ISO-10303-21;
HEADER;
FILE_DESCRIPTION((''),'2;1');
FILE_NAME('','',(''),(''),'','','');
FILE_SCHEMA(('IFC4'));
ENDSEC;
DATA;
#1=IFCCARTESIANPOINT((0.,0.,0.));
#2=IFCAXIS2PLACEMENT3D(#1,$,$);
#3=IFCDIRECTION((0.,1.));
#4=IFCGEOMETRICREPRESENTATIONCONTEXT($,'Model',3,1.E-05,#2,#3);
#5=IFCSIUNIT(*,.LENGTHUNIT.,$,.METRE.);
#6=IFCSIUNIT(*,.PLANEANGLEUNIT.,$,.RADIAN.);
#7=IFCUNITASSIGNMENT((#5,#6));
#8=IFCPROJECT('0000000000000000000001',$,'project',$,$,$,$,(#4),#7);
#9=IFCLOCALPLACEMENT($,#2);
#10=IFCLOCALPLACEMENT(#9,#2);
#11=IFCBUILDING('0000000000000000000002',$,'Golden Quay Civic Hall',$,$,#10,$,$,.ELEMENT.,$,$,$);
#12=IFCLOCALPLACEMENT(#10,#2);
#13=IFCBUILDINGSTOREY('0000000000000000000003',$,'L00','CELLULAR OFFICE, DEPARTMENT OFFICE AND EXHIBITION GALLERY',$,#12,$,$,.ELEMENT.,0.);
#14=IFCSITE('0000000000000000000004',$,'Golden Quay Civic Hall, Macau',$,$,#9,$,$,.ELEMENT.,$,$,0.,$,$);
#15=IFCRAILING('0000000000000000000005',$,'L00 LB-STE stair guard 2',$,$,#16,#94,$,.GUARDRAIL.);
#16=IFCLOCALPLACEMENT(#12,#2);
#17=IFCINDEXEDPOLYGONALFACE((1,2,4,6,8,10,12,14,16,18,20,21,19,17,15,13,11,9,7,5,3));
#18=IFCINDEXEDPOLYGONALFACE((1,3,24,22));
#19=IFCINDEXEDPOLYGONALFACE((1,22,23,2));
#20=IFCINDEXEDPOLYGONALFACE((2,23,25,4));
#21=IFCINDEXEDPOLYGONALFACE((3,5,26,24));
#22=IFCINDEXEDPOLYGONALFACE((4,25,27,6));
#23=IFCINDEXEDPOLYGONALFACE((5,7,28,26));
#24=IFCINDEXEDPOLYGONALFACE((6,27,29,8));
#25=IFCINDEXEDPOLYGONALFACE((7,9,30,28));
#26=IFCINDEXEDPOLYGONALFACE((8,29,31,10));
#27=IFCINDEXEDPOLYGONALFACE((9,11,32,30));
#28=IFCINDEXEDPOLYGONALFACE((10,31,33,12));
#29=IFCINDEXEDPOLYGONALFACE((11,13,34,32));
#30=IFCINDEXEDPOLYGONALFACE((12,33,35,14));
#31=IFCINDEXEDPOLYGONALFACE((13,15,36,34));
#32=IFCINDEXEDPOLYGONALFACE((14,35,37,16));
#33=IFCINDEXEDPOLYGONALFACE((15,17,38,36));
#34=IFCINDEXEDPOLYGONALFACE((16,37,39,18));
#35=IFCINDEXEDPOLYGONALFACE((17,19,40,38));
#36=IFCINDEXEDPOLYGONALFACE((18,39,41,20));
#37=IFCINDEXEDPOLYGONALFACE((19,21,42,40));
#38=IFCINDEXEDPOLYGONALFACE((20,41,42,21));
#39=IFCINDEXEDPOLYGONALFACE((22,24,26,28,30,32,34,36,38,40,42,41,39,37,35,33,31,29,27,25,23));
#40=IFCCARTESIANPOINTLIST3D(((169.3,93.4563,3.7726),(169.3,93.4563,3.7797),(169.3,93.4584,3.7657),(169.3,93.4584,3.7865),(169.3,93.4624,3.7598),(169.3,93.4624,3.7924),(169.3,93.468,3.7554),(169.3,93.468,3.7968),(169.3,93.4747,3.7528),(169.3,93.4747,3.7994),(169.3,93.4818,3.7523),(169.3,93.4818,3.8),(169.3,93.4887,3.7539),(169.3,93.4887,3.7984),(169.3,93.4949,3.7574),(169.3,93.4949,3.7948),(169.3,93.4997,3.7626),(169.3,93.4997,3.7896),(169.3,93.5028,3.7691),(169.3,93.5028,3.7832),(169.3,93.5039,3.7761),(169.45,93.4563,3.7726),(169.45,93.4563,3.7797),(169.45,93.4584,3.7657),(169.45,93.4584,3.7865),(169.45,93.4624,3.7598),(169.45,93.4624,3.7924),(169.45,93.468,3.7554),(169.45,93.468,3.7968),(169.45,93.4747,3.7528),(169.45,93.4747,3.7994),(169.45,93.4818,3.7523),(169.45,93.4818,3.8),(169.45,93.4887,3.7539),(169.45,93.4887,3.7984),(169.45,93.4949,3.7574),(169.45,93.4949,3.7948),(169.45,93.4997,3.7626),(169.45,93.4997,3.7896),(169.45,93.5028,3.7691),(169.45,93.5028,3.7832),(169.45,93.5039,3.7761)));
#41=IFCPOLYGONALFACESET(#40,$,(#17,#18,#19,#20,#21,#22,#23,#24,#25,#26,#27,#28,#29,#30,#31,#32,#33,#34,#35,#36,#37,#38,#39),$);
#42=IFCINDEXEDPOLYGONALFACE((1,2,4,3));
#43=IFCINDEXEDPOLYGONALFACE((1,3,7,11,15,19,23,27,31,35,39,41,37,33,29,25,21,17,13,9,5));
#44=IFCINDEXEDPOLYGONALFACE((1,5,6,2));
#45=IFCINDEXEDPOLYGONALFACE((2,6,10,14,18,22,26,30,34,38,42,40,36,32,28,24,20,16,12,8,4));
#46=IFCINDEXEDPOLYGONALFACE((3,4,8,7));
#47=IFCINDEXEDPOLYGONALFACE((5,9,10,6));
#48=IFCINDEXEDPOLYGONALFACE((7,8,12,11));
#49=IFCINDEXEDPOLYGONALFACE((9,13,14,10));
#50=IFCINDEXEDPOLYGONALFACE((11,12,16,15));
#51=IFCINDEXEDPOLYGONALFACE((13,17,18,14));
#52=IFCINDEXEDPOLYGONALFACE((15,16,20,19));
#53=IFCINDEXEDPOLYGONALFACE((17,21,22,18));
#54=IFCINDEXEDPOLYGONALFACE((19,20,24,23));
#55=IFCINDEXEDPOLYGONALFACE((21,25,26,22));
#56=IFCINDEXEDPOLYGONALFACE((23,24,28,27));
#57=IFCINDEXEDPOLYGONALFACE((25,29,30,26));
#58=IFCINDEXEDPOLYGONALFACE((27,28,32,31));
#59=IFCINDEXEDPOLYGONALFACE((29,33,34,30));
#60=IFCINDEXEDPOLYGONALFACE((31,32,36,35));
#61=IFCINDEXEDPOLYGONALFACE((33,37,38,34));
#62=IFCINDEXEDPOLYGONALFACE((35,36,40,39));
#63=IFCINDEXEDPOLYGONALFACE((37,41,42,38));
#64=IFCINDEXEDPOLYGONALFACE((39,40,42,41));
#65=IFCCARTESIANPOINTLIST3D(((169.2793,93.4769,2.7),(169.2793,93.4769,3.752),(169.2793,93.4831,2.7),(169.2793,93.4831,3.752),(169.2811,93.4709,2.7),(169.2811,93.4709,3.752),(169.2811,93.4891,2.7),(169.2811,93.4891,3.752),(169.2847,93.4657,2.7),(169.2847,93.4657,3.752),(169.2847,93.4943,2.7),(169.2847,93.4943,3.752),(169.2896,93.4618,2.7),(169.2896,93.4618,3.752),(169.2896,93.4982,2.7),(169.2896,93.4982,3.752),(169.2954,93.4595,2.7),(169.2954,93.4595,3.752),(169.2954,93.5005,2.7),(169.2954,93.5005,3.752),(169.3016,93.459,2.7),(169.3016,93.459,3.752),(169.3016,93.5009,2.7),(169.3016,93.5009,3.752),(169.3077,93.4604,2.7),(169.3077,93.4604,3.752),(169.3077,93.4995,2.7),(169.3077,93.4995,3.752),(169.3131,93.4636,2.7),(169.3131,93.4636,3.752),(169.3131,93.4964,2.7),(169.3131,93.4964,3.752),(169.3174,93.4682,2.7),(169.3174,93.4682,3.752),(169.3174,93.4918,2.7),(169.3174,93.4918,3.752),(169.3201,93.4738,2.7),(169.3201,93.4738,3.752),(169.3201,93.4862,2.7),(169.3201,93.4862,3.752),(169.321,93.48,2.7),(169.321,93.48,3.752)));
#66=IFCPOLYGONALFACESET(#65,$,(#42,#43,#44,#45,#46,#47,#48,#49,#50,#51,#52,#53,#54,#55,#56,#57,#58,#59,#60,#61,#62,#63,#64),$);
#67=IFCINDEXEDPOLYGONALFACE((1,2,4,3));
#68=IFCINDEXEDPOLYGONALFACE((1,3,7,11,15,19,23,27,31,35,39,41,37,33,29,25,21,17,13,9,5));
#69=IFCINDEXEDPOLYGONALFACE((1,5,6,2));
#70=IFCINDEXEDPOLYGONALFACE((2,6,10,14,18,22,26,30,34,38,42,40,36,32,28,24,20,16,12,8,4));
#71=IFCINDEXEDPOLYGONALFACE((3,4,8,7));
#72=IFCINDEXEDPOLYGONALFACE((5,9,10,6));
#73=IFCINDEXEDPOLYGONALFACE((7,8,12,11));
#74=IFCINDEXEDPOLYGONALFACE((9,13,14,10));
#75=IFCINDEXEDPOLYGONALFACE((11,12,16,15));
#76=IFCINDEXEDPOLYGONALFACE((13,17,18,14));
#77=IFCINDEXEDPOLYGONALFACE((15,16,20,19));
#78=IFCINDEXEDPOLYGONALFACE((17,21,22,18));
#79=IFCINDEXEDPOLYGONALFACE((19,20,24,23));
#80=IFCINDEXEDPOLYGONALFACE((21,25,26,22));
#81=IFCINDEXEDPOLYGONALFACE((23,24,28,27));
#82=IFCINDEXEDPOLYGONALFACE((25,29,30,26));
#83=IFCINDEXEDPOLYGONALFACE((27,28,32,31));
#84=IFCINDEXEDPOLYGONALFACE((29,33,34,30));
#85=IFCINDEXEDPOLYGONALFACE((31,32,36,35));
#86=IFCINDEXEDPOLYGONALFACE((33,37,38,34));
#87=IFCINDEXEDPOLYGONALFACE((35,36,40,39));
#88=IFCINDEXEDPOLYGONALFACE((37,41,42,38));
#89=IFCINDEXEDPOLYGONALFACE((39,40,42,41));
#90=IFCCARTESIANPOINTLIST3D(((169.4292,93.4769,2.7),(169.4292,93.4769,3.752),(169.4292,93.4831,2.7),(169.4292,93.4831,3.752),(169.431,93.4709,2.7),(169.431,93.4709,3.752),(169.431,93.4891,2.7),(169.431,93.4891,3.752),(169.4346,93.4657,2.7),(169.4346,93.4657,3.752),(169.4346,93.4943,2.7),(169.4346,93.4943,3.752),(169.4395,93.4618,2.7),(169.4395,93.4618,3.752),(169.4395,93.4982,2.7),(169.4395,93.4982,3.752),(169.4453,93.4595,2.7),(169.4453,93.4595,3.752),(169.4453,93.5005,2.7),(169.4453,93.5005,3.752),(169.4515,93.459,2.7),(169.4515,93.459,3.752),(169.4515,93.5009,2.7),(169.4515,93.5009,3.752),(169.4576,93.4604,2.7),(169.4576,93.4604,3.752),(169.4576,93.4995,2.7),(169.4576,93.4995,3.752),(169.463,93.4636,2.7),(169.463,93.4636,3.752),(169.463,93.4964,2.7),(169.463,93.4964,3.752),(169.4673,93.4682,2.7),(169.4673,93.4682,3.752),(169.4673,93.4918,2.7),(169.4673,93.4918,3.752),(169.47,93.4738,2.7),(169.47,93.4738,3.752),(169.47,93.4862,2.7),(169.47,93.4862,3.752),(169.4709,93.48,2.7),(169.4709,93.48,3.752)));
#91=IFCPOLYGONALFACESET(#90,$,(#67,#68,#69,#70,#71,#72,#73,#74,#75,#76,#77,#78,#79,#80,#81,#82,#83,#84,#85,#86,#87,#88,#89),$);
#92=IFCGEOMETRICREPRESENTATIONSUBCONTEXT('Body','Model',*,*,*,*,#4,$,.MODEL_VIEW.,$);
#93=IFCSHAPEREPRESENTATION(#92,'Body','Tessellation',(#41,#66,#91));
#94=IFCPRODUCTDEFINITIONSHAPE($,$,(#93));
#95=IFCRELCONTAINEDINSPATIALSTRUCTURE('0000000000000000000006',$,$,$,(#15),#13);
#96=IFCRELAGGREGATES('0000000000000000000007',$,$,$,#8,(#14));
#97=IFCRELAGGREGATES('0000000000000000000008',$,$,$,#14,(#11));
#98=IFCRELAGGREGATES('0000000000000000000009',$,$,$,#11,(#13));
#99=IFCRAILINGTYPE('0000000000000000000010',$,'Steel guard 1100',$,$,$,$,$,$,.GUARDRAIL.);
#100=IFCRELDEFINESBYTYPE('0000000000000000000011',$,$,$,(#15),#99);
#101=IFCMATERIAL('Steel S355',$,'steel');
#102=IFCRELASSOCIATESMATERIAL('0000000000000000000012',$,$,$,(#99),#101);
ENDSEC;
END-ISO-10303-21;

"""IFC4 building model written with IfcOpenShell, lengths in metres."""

from ifc_helpers import new_model, si_unit, direction, frame, origin, origin_2d, place, context, subcontext, project, spatial, circle, extrude, material, type_object, element, save


model = new_model("IFC4")

# Units and contexts
model_context = context("Model", 3, precision=1e-05, world=origin(), true_north=direction((0.0, 1.0)))
body_context = subcontext(model_context, "Body", "Model", "MODEL_VIEW")
ifc_project = project(units=[si_unit("LENGTHUNIT", "METRE"), si_unit("PLANEANGLEUNIT", "RADIAN")], contexts=[model_context])

# Site, building, storey
site_placement = place(None, origin())
site = spatial("IfcSite", under=ifc_project, at=site_placement, Name="Golden Quay Civic Hall, Macau", CompositionType="ELEMENT", RefElevation=0.0)
building_placement = place(site_placement, origin())
building = spatial("IfcBuilding", under=site, at=building_placement, Name="Golden Quay Civic Hall", CompositionType="ELEMENT")
storey_placement = place(building_placement, origin())
storey = spatial("IfcBuildingStorey", under=building, at=storey_placement, Name="L00", Description="CELLULAR OFFICE, DEPARTMENT OFFICE AND EXHIBITION GALLERY", CompositionType="ELEMENT", Elevation=0.0)

# Railing
ifc_material_1 = material(Name="Steel S355", Category="steel")
railing_type_1 = type_object("IfcRailingType", Name="Steel guard 1100", PredefinedType="GUARDRAIL", material=ifc_material_1)
railing_1_placement = place(storey_placement, frame((169.3, 93.48, 2.7)))
element("IfcRailing", 1, at=railing_1_placement, inside=storey, type_object=railing_type_1, Name="L00 LB-STE stair guard 2", PredefinedType="GUARDRAIL", context=body_context, shape_type="SweptSolid", body=[
    extrude(circle(Radius=0.0239, at=origin_2d()), frame((0.0, 0.0, 1.0762), z_axis=(1.0, 0.0, 0.0), x_axis=(0.0, 1.0, 0.0)), (0.0, 0.0, 1.0), 0.1499),
    extrude(circle(Radius=0.021, at=origin_2d()), origin(), (0.0, 0.0, 1.0), 1.052),
    extrude(circle(Radius=0.021, at=origin_2d()), frame((0.1499, 0.0, 0.0)), (0.0, 0.0, 1.0), 1.052),
])

save(model, "model.ifc")
